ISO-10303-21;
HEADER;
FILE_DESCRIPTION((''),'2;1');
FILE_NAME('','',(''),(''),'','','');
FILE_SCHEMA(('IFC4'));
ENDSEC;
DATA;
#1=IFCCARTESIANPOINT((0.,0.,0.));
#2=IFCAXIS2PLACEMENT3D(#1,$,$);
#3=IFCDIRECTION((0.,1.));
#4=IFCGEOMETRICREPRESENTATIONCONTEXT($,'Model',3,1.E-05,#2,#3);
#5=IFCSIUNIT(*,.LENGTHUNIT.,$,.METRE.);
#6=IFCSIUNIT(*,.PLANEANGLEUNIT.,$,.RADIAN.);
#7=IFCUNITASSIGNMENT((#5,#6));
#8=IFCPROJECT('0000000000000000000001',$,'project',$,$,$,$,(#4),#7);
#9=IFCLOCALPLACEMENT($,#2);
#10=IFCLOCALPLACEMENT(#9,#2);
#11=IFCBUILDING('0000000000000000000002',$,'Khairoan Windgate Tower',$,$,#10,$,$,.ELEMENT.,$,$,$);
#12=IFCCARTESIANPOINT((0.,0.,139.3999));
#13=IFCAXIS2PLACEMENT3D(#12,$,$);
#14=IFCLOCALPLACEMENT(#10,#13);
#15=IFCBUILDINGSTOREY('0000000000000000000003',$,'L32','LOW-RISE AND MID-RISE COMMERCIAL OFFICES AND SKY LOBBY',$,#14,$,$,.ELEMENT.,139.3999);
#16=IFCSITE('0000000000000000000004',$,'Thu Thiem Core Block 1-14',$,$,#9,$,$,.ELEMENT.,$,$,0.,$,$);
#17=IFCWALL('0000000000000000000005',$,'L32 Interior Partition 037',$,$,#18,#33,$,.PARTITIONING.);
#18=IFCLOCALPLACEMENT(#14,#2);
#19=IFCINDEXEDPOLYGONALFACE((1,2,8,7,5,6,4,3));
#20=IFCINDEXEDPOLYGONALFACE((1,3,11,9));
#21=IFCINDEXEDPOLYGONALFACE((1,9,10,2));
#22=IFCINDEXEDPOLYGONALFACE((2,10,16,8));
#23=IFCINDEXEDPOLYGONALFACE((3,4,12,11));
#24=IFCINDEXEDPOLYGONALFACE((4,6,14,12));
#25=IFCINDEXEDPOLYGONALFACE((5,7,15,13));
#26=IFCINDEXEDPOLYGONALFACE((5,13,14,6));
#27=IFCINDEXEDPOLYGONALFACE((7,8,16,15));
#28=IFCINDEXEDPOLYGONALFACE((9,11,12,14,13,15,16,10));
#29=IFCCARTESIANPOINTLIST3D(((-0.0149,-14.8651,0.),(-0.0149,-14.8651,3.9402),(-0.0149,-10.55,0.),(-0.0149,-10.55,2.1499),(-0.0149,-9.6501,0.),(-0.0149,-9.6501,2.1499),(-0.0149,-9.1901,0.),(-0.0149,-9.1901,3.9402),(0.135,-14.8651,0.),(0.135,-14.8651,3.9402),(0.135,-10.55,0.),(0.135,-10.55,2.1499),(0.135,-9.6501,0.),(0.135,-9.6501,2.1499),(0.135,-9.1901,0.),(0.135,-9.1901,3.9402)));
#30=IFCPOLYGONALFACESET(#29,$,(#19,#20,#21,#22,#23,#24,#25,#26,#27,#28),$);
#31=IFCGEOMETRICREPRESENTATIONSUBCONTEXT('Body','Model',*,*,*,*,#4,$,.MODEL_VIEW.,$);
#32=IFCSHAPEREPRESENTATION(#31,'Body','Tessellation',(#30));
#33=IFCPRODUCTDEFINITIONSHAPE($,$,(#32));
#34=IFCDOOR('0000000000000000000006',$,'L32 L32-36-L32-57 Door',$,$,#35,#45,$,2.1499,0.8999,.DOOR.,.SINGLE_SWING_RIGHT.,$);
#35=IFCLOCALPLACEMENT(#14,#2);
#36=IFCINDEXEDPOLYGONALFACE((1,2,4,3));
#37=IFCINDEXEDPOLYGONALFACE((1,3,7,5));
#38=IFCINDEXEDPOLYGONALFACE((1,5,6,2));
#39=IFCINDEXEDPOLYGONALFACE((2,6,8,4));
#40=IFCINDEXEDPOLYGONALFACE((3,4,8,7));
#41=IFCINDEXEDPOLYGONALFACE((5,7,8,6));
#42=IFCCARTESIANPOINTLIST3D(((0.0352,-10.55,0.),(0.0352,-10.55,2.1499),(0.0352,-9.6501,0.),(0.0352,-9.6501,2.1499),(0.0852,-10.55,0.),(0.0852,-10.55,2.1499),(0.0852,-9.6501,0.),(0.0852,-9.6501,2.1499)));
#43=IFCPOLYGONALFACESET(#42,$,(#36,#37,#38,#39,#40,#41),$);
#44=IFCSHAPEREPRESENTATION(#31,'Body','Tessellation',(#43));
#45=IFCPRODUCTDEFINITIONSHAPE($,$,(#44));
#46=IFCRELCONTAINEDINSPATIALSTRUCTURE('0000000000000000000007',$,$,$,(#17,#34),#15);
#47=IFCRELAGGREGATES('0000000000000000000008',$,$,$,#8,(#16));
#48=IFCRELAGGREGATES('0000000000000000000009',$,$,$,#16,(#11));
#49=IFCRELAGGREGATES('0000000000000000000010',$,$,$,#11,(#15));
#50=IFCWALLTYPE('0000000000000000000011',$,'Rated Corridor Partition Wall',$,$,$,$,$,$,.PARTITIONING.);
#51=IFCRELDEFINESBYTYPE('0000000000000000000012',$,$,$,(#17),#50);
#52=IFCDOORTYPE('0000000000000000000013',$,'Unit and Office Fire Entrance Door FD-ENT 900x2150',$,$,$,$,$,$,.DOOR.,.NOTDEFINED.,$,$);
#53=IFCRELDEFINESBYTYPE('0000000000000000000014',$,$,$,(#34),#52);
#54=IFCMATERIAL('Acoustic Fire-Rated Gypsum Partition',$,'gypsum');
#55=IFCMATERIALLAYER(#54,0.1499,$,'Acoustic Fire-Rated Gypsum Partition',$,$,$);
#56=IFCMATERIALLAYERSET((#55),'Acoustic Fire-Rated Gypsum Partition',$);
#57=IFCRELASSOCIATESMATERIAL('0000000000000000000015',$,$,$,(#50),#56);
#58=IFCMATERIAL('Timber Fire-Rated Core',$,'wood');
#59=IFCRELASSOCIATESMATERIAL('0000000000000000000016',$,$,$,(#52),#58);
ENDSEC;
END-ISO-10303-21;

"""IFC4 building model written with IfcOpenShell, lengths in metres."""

from ifc_helpers import new_model, si_unit, direction, frame, frame_2d, origin, place, context, subcontext, project, spatial, rectangle, extrude, material, layer, layer_set, type_object, element, fill, save


model = new_model("IFC4")

# Units and contexts
model_context = context("Model", 3, precision=1e-05, world=origin(), true_north=direction((0.0, 1.0)))
body_context = subcontext(model_context, "Body", "Model", "MODEL_VIEW")
ifc_project = project(units=[si_unit("LENGTHUNIT", "METRE"), si_unit("PLANEANGLEUNIT", "RADIAN")], contexts=[model_context])

# Site, building, storey
site_placement = place(None, origin())
site = spatial("IfcSite", under=ifc_project, at=site_placement, Name="Thu Thiem Core Block 1-14", CompositionType="ELEMENT", RefElevation=0.0)
building_placement = place(site_placement, origin())
building = spatial("IfcBuilding", under=site, at=building_placement, Name="Khairoan Windgate Tower", CompositionType="ELEMENT")
storey_placement = place(building_placement, frame((0.0, 0.0, 139.3999)))
storey = spatial("IfcBuildingStorey", under=building, at=storey_placement, Name="L32", Description="LOW-RISE AND MID-RISE COMMERCIAL OFFICES AND SKY LOBBY", CompositionType="ELEMENT", Elevation=139.3999)

# Wall, opening, door
ifc_material_1 = material(Name="Acoustic Fire-Rated Gypsum Partition", Category="gypsum")
ifc_layer = layer(ifc_material_1, 0.1499, Name="Acoustic Fire-Rated Gypsum Partition")
ifc_layer_set = layer_set([ifc_layer], Name="Acoustic Fire-Rated Gypsum Partition")
wall_type = type_object("IfcWallType", Name="Rated Corridor Partition Wall", PredefinedType="PARTITIONING", material=ifc_layer_set)
ifc_material_2 = material(Name="Timber Fire-Rated Core", Category="wood")
door_type = type_object("IfcDoorType", Name="Unit and Office Fire Entrance Door FD-ENT 900x2150", OperationType="NOTDEFINED", PredefinedType="DOOR", material=ifc_material_2)
wall_1_placement = place(storey_placement, frame((0.0601, -14.865, 0.0), z_axis=(0.0, 0.0, 1.0), x_axis=(0.0, 1.0, 0.0)))
wall_1 = element("IfcWall", 1, at=wall_1_placement, inside=storey, type_object=wall_type, Name="L32 Interior Partition 037", PredefinedType="PARTITIONING", context=body_context, shape_type="SweptSolid", body=[
    extrude(rectangle(XDim=5.675, YDim=0.1499, at=frame_2d((2.8374, 0.0))), origin(), (0.0, 0.0, 1.0), 3.9402),
])
opening_1_placement = place(wall_1_placement, frame((4.3149, 0.0, 0.0)))
opening_1 = element("IfcOpeningElement", 2, at=opening_1_placement, cuts=wall_1, PredefinedType="OPENING", context=body_context, shape_type="SweptSolid", body=[
    extrude(rectangle(XDim=0.8999, YDim=2.1499, at=frame_2d((0.45, 1.075))), frame((0.0, 0.085, 0.0), z_axis=(0.0, -1.0, 0.0), x_axis=(1.0, 0.0, 0.0)), (0.0, 0.0, 1.0), 0.1699),
])
door_1_placement = place(opening_1_placement, origin())
door_1 = element("IfcDoor", 3, at=door_1_placement, inside=storey, type_object=door_type, Name="L32 L32-36-L32-57 Door", OperationType="SINGLE_SWING_RIGHT", OverallHeight=2.1499, OverallWidth=0.8999, PredefinedType="DOOR", context=body_context, shape_type="SweptSolid", body=[
    extrude(rectangle(XDim=0.8999, YDim=2.1499, at=frame_2d((0.45, 1.075))), frame((0.0, 0.0249, 0.0), z_axis=(0.0, -1.0, 0.0), x_axis=(1.0, 0.0, 0.0)), (0.0, 0.0, 1.0), 0.05),
])
fill(opening_1, door_1)

save(model, "model.ifc")
